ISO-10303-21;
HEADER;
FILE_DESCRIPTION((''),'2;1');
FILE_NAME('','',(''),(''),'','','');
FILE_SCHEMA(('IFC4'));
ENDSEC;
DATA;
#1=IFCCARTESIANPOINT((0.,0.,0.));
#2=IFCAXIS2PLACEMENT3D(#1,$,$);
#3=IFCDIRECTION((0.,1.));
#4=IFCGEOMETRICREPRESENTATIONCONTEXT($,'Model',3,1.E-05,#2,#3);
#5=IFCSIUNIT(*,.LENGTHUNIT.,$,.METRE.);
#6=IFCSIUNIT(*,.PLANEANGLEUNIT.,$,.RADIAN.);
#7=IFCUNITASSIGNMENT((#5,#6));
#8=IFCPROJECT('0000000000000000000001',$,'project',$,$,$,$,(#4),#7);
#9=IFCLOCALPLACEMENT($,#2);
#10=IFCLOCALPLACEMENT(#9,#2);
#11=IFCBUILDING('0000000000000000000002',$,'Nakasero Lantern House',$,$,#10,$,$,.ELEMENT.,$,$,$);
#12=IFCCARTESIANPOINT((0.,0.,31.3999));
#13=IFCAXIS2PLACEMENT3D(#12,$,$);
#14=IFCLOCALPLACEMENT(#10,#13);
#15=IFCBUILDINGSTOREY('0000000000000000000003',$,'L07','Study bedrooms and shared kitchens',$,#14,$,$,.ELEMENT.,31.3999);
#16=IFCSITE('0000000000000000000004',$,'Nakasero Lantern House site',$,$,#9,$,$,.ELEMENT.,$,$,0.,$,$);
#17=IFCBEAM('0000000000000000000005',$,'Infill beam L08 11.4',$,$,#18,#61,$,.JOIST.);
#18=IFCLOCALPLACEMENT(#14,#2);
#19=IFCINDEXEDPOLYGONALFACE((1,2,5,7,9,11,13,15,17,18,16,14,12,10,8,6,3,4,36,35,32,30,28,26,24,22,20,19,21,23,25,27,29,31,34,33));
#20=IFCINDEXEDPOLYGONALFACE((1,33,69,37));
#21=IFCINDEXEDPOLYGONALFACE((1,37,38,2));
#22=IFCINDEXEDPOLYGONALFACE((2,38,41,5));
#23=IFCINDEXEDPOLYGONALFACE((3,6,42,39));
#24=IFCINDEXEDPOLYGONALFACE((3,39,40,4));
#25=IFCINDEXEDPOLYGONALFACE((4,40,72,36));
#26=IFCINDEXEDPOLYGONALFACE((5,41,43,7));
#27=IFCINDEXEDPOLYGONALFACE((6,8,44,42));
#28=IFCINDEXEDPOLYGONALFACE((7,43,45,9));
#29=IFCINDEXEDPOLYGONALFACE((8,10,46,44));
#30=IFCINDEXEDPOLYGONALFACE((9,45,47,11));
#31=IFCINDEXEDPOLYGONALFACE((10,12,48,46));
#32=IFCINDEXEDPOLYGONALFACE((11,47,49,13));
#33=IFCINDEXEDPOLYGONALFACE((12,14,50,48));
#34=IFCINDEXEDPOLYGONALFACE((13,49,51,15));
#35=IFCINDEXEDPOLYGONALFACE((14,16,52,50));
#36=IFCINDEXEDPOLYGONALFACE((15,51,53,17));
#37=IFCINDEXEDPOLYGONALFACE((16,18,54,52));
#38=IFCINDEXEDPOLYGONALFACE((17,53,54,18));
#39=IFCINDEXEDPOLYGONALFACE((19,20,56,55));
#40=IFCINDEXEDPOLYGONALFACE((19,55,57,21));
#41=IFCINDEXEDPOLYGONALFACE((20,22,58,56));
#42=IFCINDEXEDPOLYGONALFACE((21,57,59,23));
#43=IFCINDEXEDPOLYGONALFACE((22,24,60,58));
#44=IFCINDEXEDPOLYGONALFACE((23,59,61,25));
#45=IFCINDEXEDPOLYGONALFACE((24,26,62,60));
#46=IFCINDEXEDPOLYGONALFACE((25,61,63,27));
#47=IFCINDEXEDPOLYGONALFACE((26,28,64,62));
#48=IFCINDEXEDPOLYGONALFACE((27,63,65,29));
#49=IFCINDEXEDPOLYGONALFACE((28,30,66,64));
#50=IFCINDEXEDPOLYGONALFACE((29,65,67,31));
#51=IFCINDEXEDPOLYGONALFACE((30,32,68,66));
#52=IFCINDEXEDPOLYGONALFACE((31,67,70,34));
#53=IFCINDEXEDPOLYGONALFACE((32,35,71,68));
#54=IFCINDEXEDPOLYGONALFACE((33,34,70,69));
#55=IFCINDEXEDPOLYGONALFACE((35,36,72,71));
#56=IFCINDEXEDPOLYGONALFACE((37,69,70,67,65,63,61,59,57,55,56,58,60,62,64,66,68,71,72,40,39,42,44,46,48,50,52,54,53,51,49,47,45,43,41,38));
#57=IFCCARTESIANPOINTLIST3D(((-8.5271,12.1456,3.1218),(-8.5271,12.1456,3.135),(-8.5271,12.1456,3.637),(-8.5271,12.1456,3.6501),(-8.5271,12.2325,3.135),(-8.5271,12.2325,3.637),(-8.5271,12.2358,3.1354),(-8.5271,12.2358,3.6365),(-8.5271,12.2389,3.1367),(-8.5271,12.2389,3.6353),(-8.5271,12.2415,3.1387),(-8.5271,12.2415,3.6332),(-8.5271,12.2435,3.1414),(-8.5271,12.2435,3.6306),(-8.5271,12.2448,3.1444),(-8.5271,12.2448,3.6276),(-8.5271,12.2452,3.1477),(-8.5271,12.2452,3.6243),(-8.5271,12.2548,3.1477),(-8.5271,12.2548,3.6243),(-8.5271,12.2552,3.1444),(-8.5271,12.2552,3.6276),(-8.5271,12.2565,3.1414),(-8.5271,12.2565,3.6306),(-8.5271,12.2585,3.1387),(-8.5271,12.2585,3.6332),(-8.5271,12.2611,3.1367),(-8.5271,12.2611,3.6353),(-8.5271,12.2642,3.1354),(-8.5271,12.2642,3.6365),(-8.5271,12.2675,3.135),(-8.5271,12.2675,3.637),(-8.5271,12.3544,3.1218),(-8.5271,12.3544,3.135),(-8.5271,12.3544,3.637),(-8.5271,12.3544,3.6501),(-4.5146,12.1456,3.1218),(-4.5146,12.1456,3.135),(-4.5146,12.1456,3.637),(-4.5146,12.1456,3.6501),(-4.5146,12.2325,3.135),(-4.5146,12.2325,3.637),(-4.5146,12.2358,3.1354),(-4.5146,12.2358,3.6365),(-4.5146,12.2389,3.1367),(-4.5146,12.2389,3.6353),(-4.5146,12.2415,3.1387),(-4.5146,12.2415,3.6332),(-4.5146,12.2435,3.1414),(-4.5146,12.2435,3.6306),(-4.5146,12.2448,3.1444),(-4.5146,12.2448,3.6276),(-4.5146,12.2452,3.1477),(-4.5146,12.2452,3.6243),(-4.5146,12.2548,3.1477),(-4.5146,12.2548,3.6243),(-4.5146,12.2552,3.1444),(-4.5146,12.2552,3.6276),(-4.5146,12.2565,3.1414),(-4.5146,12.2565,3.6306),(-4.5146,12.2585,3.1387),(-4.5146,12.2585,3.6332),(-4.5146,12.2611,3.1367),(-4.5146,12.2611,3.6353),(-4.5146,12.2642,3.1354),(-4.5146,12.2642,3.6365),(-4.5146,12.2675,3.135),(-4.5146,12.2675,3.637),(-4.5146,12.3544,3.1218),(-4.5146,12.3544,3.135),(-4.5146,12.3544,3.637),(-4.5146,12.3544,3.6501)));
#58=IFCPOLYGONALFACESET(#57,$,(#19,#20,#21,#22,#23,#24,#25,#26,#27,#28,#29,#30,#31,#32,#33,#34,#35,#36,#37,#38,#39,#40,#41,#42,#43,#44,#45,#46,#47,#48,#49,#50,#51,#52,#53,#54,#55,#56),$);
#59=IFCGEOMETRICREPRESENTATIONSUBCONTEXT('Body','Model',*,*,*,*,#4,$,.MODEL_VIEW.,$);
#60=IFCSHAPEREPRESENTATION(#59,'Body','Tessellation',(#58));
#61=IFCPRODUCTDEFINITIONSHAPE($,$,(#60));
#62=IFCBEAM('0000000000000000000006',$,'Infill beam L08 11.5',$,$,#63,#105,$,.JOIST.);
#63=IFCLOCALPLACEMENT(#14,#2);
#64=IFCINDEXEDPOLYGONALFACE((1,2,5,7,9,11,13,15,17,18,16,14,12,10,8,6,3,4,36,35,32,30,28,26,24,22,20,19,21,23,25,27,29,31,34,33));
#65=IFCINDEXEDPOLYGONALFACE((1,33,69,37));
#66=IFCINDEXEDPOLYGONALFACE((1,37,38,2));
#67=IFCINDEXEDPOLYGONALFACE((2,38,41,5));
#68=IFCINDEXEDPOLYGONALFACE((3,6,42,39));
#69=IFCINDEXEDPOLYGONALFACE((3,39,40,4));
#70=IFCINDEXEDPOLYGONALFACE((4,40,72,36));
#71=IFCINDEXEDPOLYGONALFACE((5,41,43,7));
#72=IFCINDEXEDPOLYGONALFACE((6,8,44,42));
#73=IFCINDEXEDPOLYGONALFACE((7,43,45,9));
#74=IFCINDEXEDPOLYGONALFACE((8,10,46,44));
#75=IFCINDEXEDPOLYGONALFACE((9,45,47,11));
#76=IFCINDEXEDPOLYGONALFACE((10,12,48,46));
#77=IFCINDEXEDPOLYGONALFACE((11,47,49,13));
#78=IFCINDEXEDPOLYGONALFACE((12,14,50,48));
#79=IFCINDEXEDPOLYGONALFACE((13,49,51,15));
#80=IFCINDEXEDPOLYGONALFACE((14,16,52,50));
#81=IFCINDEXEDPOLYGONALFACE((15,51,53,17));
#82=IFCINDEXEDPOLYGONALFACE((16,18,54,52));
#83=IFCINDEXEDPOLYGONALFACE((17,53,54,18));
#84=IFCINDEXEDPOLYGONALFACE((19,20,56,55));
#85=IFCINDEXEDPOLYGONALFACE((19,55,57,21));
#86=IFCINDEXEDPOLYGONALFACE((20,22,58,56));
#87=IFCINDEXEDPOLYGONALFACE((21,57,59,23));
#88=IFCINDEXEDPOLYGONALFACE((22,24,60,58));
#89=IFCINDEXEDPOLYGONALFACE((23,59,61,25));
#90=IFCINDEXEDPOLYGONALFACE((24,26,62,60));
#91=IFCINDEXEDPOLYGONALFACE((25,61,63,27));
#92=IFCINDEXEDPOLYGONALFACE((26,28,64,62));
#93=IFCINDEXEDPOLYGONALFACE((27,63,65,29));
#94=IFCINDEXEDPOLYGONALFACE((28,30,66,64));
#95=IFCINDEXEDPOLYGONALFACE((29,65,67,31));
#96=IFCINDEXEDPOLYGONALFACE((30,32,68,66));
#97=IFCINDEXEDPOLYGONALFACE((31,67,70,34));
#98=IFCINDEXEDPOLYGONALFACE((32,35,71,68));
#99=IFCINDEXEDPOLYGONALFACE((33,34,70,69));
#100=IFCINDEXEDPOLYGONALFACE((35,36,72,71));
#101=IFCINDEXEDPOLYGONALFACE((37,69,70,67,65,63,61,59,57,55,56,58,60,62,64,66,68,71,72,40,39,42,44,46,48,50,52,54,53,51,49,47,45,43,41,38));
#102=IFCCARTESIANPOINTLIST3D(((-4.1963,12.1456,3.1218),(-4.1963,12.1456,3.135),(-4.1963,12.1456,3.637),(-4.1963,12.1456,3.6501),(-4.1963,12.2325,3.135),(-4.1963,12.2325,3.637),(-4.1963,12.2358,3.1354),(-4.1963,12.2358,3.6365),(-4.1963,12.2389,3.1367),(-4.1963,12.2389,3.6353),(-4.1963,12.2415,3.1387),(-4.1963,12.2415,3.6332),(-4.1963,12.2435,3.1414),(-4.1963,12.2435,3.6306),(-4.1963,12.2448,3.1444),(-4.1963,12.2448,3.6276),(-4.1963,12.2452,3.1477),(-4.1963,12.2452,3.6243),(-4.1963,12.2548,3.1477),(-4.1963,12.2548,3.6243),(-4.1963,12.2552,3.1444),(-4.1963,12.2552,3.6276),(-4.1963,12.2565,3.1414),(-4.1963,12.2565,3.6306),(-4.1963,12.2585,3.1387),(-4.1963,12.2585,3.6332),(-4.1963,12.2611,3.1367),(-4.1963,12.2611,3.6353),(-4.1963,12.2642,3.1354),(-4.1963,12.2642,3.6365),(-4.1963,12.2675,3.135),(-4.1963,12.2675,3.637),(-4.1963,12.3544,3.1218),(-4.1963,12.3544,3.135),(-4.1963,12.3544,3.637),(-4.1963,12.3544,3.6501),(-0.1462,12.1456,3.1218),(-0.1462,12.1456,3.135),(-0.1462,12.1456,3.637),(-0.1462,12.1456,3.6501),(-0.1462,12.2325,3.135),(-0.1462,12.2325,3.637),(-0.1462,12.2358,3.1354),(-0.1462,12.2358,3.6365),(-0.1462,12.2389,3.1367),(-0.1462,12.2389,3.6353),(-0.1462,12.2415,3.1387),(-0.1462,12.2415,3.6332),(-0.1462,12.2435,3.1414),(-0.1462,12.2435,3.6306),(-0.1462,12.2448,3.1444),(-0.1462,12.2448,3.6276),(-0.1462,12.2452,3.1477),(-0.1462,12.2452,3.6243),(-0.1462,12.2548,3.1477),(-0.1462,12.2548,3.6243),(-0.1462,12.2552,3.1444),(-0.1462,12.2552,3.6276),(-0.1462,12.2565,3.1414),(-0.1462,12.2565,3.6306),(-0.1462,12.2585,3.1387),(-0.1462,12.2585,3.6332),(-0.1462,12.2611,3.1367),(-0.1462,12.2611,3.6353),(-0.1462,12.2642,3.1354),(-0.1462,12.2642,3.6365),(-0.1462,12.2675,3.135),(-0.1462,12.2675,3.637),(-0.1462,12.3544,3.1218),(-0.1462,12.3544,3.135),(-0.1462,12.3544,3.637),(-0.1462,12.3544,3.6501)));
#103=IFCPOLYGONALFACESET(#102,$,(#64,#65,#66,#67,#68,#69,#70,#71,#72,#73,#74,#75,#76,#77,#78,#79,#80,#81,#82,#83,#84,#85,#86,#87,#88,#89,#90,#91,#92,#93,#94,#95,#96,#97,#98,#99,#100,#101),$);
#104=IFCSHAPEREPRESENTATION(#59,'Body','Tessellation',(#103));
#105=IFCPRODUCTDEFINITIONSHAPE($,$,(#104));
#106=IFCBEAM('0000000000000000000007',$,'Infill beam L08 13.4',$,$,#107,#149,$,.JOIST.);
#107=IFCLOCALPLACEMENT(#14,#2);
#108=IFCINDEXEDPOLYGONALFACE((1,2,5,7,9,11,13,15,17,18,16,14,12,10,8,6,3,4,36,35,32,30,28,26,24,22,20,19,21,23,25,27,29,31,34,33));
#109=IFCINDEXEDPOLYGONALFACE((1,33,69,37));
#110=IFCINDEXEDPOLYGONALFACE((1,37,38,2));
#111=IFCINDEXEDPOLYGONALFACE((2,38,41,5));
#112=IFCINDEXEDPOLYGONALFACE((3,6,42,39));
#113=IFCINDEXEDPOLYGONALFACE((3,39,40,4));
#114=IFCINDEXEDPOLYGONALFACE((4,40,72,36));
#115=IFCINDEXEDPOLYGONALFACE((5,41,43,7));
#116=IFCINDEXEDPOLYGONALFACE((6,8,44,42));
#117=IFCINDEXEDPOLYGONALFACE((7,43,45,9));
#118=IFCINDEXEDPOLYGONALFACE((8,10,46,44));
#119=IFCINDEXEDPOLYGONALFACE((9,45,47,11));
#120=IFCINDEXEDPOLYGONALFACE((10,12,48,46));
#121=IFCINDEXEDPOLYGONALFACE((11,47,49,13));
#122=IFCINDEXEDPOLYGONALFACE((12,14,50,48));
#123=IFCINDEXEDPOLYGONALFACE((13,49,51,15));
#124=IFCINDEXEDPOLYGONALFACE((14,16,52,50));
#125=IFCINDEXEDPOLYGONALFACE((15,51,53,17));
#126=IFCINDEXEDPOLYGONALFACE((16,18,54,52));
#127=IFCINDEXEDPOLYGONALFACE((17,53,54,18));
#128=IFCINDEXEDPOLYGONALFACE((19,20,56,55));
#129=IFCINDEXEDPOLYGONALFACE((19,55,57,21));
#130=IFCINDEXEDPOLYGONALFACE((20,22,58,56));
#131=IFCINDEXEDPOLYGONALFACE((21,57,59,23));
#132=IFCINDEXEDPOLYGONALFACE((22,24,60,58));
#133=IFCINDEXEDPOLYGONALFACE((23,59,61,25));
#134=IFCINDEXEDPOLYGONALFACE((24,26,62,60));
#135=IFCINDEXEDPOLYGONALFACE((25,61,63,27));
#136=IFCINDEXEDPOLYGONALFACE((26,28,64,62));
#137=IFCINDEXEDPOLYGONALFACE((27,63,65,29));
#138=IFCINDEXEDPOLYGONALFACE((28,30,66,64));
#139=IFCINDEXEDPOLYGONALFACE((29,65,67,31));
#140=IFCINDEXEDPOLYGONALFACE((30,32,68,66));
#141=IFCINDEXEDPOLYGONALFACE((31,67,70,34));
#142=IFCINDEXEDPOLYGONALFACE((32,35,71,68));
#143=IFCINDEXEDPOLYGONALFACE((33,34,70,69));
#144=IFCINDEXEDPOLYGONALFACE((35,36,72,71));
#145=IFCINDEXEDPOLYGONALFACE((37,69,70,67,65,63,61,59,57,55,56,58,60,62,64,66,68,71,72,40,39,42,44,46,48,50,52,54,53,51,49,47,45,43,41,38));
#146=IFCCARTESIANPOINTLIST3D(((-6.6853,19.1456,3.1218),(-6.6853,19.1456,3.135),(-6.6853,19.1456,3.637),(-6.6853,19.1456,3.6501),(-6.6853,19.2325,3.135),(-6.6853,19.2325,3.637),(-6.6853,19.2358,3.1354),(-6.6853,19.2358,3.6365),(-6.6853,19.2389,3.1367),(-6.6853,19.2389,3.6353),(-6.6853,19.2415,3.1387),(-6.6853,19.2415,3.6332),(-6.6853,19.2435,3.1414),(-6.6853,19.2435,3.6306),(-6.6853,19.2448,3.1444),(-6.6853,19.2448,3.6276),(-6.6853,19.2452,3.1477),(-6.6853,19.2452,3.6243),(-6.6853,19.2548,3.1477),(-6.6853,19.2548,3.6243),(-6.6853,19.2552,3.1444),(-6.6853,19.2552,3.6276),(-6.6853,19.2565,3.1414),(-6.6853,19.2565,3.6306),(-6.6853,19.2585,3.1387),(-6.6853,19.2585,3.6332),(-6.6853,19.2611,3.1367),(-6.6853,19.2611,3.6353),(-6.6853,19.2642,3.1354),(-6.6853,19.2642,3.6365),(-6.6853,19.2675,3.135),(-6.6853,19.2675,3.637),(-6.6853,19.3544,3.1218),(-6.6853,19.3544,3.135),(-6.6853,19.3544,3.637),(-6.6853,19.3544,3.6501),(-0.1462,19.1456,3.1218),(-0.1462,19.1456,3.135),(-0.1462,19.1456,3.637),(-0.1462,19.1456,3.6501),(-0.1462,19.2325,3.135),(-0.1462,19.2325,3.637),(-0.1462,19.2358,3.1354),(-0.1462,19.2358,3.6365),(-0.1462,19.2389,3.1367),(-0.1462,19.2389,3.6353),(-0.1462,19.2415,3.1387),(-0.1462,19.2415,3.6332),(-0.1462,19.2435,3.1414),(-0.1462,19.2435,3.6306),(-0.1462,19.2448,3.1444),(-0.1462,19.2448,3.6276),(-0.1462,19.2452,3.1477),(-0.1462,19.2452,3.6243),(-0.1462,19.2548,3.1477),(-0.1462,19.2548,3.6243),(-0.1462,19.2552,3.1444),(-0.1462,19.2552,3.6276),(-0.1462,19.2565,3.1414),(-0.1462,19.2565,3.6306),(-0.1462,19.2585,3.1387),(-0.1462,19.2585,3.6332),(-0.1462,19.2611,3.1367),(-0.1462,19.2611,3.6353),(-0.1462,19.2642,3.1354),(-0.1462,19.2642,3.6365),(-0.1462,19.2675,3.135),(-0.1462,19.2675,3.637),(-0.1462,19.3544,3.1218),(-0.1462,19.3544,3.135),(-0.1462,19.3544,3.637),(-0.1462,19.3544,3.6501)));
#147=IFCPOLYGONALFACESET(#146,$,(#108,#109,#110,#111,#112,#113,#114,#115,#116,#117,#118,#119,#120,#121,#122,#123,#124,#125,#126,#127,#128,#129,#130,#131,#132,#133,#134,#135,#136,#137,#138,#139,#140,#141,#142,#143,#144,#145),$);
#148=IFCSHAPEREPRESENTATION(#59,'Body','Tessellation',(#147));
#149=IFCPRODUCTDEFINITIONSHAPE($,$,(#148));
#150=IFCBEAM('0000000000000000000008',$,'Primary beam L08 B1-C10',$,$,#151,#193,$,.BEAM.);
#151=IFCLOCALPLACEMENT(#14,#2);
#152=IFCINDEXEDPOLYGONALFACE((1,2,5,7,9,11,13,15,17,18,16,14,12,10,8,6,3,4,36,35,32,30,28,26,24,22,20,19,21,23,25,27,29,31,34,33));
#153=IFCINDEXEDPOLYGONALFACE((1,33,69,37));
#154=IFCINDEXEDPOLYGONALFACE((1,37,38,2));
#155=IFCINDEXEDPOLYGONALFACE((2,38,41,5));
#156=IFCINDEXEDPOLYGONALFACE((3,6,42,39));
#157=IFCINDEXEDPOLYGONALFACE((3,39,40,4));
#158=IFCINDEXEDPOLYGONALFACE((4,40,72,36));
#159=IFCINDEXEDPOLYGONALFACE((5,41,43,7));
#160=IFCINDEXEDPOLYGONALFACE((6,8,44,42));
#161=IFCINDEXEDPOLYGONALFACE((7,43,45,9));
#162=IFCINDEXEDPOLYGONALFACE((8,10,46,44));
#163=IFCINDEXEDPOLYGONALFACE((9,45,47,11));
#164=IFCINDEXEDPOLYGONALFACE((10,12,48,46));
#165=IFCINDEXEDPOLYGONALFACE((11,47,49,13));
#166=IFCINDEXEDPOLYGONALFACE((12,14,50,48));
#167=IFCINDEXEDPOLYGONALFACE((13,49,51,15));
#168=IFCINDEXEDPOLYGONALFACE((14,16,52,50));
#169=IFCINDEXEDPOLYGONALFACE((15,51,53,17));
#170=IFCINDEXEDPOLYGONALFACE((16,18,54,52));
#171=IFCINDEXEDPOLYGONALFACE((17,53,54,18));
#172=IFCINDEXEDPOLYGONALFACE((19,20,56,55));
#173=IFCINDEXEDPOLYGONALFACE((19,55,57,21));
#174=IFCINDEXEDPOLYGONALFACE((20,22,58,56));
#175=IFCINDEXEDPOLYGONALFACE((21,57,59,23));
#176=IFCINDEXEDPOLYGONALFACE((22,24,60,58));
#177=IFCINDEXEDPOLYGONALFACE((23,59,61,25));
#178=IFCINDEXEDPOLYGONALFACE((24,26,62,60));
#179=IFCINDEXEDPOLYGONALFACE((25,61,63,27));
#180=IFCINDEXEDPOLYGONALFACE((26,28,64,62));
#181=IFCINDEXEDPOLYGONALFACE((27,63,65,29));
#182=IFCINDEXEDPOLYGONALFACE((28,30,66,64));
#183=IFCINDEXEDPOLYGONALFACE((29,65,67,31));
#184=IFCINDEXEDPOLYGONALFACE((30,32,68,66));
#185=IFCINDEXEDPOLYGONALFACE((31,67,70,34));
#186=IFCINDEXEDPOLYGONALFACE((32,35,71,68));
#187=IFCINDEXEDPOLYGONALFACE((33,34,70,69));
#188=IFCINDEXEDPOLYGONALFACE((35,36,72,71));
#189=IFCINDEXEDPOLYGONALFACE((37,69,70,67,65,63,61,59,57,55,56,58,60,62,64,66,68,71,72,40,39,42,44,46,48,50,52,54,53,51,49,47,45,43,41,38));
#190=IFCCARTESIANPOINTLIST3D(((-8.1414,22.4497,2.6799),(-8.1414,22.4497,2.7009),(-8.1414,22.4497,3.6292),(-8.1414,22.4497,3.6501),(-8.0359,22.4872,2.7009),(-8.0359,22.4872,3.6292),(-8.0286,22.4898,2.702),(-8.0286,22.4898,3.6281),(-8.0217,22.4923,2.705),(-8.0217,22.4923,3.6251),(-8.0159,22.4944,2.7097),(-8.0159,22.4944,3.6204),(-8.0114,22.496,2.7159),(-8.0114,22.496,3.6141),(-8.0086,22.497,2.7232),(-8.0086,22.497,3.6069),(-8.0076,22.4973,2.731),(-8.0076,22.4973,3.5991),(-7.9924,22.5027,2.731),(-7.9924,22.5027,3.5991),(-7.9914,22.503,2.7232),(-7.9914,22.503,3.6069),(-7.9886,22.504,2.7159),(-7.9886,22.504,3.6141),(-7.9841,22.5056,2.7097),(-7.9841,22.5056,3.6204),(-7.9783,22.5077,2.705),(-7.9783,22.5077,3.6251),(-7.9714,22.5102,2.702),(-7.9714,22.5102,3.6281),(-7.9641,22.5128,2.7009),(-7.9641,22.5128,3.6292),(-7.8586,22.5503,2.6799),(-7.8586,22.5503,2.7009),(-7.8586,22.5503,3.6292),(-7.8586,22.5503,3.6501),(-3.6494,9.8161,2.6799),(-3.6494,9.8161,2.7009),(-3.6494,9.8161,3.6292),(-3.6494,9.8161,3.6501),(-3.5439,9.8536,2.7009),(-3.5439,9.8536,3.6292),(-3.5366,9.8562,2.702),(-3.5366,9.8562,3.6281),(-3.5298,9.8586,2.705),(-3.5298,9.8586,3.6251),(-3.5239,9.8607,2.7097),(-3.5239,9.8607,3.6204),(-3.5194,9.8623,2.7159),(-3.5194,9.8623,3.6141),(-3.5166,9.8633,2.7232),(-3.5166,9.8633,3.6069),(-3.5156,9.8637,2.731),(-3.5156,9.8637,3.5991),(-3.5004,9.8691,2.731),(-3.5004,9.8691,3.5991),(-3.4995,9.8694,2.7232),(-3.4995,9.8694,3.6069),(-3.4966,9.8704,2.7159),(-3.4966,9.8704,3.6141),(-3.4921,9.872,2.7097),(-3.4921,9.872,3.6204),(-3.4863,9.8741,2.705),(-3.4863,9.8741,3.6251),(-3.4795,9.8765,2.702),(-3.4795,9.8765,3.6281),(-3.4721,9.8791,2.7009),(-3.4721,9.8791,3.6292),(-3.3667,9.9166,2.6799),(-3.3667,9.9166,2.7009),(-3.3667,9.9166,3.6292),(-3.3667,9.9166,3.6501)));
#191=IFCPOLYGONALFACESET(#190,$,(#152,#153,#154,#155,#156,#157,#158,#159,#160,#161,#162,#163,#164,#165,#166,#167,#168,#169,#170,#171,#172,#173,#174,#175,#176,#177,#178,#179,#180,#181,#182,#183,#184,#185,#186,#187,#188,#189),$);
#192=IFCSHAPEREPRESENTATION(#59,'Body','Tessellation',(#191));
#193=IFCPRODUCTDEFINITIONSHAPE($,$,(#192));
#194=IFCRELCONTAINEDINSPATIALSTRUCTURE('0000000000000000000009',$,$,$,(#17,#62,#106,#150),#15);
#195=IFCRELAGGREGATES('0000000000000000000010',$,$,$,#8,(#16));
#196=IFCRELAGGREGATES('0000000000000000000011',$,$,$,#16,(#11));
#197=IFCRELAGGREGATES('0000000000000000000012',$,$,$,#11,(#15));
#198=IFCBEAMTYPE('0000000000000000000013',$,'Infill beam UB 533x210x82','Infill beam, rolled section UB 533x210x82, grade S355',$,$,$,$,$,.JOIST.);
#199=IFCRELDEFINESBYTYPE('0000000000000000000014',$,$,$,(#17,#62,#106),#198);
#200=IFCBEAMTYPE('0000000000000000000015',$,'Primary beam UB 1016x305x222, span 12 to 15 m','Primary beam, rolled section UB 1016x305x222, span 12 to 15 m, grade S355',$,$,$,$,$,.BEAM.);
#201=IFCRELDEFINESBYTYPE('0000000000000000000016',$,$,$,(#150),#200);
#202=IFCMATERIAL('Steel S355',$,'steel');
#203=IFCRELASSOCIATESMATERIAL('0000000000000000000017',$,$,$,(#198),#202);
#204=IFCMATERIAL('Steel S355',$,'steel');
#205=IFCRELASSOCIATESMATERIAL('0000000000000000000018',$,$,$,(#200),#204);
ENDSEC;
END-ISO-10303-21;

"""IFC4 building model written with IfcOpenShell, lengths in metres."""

from ifc_helpers import new_model, si_unit, direction, frame, origin, origin_2d, place, context, subcontext, project, spatial, i_section, extrude, material, material_profile, profile_set, type_object, element, save


model = new_model("IFC4")

# Units and contexts
model_context = context("Model", 3, precision=1e-05, world=origin(), true_north=direction((0.0, 1.0)))
body_context = subcontext(model_context, "Body", "Model", "MODEL_VIEW")
ifc_project = project(units=[si_unit("LENGTHUNIT", "METRE"), si_unit("PLANEANGLEUNIT", "RADIAN")], contexts=[model_context])

# Site, building, storey
site_placement = place(None, origin())
site = spatial("IfcSite", under=ifc_project, at=site_placement, Name="Nakasero Lantern House site", CompositionType="ELEMENT", RefElevation=0.0)
building_placement = place(site_placement, origin())
building = spatial("IfcBuilding", under=site, at=building_placement, Name="Nakasero Lantern House", CompositionType="ELEMENT")
storey_placement = place(building_placement, frame((0.0, 0.0, 31.3999)))
storey = spatial("IfcBuildingStorey", under=building, at=storey_placement, Name="L07", Description="Study bedrooms and shared kitchens", CompositionType="ELEMENT", Elevation=31.3999)

# Beams
ifc_material_1 = material(Name="Steel S355", Category="steel")
ifc_material_profile_1 = material_profile(ifc_material_1, i_section(OverallWidth=0.2087, OverallDepth=0.5283, WebThickness=0.0095, FlangeThickness=0.0132, FilletRadius=0.0127, at=origin_2d()), Name="UB 533x210x82")
ifc_profile_set_1 = profile_set([ifc_material_profile_1], Name="Steel S355")
beam_type_1 = type_object("IfcBeamType", Name="Infill beam UB 533x210x82", Description="Infill beam, rolled section UB 533x210x82, grade S355", PredefinedType="JOIST", material=ifc_profile_set_1)
beam_1_placement = place(storey_placement, frame((-8.5271, 12.25, 3.386), z_axis=(1.0, 0.0, 0.0), x_axis=(0.0, 1.0, 0.0)))
element("IfcBeam", 1, at=beam_1_placement, inside=storey, type_object=beam_type_1, Name="Infill beam L08 11.4", PredefinedType="JOIST", context=body_context, shape_type="SweptSolid", body=[
    extrude(i_section(OverallWidth=0.2087, OverallDepth=0.5283, WebThickness=0.0095, FlangeThickness=0.0132, FilletRadius=0.0127, at=origin_2d()), origin(), (0.0, 0.0, 1.0), 4.0125),
])
beam_2_placement = place(storey_placement, frame((-4.1963, 12.25, 3.386), z_axis=(1.0, 0.0, 0.0), x_axis=(0.0, 1.0, 0.0)))
element("IfcBeam", 2, at=beam_2_placement, inside=storey, type_object=beam_type_1, Name="Infill beam L08 11.5", PredefinedType="JOIST", context=body_context, shape_type="SweptSolid", body=[
    extrude(i_section(OverallWidth=0.2087, OverallDepth=0.5283, WebThickness=0.0095, FlangeThickness=0.0132, FilletRadius=0.0127, at=origin_2d()), origin(), (0.0, 0.0, 1.0), 4.05),
])
beam_3_placement = place(storey_placement, frame((-6.6853, 19.25, 3.386), z_axis=(1.0, 0.0, 0.0), x_axis=(0.0, 1.0, 0.0)))
element("IfcBeam", 3, at=beam_3_placement, inside=storey, type_object=beam_type_1, Name="Infill beam L08 13.4", PredefinedType="JOIST", context=body_context, shape_type="SweptSolid", body=[
    extrude(i_section(OverallWidth=0.2087, OverallDepth=0.5283, WebThickness=0.0095, FlangeThickness=0.0132, FilletRadius=0.0127, at=origin_2d()), origin(), (0.0, 0.0, 1.0), 6.5391),
])
ifc_material_2 = material(Name="Steel S355", Category="steel")
ifc_material_profile_2 = material_profile(ifc_material_2, i_section(OverallWidth=0.3, OverallDepth=0.9702, WebThickness=0.0161, FlangeThickness=0.021, FilletRadius=0.03, at=origin_2d()), Name="UB 1016x305x222")
ifc_profile_set_2 = profile_set([ifc_material_profile_2], Name="Steel S355")
beam_type_2 = type_object("IfcBeamType", Name="Primary beam UB 1016x305x222, span 12 to 15 m", Description="Primary beam, rolled section UB 1016x305x222, span 12 to 15 m, grade S355", PredefinedType="BEAM", material=ifc_profile_set_2)
beam_4_placement = place(storey_placement, frame((-8.0, 22.5, 3.165), z_axis=(0.335011, -0.942214, 0.0), x_axis=(0.942214, 0.335011, 0.0)))
element("IfcBeam", 4, at=beam_4_placement, inside=storey, type_object=beam_type_2, Name="Primary beam L08 B1-C10", PredefinedType="BEAM", context=body_context, shape_type="SweptSolid", body=[
    extrude(i_section(OverallWidth=0.3, OverallDepth=0.9702, WebThickness=0.0161, FlangeThickness=0.021, FilletRadius=0.03, at=origin_2d()), origin(), (0.0, 0.0, 1.0), 13.4084),
])

save(model, "model.ifc")
